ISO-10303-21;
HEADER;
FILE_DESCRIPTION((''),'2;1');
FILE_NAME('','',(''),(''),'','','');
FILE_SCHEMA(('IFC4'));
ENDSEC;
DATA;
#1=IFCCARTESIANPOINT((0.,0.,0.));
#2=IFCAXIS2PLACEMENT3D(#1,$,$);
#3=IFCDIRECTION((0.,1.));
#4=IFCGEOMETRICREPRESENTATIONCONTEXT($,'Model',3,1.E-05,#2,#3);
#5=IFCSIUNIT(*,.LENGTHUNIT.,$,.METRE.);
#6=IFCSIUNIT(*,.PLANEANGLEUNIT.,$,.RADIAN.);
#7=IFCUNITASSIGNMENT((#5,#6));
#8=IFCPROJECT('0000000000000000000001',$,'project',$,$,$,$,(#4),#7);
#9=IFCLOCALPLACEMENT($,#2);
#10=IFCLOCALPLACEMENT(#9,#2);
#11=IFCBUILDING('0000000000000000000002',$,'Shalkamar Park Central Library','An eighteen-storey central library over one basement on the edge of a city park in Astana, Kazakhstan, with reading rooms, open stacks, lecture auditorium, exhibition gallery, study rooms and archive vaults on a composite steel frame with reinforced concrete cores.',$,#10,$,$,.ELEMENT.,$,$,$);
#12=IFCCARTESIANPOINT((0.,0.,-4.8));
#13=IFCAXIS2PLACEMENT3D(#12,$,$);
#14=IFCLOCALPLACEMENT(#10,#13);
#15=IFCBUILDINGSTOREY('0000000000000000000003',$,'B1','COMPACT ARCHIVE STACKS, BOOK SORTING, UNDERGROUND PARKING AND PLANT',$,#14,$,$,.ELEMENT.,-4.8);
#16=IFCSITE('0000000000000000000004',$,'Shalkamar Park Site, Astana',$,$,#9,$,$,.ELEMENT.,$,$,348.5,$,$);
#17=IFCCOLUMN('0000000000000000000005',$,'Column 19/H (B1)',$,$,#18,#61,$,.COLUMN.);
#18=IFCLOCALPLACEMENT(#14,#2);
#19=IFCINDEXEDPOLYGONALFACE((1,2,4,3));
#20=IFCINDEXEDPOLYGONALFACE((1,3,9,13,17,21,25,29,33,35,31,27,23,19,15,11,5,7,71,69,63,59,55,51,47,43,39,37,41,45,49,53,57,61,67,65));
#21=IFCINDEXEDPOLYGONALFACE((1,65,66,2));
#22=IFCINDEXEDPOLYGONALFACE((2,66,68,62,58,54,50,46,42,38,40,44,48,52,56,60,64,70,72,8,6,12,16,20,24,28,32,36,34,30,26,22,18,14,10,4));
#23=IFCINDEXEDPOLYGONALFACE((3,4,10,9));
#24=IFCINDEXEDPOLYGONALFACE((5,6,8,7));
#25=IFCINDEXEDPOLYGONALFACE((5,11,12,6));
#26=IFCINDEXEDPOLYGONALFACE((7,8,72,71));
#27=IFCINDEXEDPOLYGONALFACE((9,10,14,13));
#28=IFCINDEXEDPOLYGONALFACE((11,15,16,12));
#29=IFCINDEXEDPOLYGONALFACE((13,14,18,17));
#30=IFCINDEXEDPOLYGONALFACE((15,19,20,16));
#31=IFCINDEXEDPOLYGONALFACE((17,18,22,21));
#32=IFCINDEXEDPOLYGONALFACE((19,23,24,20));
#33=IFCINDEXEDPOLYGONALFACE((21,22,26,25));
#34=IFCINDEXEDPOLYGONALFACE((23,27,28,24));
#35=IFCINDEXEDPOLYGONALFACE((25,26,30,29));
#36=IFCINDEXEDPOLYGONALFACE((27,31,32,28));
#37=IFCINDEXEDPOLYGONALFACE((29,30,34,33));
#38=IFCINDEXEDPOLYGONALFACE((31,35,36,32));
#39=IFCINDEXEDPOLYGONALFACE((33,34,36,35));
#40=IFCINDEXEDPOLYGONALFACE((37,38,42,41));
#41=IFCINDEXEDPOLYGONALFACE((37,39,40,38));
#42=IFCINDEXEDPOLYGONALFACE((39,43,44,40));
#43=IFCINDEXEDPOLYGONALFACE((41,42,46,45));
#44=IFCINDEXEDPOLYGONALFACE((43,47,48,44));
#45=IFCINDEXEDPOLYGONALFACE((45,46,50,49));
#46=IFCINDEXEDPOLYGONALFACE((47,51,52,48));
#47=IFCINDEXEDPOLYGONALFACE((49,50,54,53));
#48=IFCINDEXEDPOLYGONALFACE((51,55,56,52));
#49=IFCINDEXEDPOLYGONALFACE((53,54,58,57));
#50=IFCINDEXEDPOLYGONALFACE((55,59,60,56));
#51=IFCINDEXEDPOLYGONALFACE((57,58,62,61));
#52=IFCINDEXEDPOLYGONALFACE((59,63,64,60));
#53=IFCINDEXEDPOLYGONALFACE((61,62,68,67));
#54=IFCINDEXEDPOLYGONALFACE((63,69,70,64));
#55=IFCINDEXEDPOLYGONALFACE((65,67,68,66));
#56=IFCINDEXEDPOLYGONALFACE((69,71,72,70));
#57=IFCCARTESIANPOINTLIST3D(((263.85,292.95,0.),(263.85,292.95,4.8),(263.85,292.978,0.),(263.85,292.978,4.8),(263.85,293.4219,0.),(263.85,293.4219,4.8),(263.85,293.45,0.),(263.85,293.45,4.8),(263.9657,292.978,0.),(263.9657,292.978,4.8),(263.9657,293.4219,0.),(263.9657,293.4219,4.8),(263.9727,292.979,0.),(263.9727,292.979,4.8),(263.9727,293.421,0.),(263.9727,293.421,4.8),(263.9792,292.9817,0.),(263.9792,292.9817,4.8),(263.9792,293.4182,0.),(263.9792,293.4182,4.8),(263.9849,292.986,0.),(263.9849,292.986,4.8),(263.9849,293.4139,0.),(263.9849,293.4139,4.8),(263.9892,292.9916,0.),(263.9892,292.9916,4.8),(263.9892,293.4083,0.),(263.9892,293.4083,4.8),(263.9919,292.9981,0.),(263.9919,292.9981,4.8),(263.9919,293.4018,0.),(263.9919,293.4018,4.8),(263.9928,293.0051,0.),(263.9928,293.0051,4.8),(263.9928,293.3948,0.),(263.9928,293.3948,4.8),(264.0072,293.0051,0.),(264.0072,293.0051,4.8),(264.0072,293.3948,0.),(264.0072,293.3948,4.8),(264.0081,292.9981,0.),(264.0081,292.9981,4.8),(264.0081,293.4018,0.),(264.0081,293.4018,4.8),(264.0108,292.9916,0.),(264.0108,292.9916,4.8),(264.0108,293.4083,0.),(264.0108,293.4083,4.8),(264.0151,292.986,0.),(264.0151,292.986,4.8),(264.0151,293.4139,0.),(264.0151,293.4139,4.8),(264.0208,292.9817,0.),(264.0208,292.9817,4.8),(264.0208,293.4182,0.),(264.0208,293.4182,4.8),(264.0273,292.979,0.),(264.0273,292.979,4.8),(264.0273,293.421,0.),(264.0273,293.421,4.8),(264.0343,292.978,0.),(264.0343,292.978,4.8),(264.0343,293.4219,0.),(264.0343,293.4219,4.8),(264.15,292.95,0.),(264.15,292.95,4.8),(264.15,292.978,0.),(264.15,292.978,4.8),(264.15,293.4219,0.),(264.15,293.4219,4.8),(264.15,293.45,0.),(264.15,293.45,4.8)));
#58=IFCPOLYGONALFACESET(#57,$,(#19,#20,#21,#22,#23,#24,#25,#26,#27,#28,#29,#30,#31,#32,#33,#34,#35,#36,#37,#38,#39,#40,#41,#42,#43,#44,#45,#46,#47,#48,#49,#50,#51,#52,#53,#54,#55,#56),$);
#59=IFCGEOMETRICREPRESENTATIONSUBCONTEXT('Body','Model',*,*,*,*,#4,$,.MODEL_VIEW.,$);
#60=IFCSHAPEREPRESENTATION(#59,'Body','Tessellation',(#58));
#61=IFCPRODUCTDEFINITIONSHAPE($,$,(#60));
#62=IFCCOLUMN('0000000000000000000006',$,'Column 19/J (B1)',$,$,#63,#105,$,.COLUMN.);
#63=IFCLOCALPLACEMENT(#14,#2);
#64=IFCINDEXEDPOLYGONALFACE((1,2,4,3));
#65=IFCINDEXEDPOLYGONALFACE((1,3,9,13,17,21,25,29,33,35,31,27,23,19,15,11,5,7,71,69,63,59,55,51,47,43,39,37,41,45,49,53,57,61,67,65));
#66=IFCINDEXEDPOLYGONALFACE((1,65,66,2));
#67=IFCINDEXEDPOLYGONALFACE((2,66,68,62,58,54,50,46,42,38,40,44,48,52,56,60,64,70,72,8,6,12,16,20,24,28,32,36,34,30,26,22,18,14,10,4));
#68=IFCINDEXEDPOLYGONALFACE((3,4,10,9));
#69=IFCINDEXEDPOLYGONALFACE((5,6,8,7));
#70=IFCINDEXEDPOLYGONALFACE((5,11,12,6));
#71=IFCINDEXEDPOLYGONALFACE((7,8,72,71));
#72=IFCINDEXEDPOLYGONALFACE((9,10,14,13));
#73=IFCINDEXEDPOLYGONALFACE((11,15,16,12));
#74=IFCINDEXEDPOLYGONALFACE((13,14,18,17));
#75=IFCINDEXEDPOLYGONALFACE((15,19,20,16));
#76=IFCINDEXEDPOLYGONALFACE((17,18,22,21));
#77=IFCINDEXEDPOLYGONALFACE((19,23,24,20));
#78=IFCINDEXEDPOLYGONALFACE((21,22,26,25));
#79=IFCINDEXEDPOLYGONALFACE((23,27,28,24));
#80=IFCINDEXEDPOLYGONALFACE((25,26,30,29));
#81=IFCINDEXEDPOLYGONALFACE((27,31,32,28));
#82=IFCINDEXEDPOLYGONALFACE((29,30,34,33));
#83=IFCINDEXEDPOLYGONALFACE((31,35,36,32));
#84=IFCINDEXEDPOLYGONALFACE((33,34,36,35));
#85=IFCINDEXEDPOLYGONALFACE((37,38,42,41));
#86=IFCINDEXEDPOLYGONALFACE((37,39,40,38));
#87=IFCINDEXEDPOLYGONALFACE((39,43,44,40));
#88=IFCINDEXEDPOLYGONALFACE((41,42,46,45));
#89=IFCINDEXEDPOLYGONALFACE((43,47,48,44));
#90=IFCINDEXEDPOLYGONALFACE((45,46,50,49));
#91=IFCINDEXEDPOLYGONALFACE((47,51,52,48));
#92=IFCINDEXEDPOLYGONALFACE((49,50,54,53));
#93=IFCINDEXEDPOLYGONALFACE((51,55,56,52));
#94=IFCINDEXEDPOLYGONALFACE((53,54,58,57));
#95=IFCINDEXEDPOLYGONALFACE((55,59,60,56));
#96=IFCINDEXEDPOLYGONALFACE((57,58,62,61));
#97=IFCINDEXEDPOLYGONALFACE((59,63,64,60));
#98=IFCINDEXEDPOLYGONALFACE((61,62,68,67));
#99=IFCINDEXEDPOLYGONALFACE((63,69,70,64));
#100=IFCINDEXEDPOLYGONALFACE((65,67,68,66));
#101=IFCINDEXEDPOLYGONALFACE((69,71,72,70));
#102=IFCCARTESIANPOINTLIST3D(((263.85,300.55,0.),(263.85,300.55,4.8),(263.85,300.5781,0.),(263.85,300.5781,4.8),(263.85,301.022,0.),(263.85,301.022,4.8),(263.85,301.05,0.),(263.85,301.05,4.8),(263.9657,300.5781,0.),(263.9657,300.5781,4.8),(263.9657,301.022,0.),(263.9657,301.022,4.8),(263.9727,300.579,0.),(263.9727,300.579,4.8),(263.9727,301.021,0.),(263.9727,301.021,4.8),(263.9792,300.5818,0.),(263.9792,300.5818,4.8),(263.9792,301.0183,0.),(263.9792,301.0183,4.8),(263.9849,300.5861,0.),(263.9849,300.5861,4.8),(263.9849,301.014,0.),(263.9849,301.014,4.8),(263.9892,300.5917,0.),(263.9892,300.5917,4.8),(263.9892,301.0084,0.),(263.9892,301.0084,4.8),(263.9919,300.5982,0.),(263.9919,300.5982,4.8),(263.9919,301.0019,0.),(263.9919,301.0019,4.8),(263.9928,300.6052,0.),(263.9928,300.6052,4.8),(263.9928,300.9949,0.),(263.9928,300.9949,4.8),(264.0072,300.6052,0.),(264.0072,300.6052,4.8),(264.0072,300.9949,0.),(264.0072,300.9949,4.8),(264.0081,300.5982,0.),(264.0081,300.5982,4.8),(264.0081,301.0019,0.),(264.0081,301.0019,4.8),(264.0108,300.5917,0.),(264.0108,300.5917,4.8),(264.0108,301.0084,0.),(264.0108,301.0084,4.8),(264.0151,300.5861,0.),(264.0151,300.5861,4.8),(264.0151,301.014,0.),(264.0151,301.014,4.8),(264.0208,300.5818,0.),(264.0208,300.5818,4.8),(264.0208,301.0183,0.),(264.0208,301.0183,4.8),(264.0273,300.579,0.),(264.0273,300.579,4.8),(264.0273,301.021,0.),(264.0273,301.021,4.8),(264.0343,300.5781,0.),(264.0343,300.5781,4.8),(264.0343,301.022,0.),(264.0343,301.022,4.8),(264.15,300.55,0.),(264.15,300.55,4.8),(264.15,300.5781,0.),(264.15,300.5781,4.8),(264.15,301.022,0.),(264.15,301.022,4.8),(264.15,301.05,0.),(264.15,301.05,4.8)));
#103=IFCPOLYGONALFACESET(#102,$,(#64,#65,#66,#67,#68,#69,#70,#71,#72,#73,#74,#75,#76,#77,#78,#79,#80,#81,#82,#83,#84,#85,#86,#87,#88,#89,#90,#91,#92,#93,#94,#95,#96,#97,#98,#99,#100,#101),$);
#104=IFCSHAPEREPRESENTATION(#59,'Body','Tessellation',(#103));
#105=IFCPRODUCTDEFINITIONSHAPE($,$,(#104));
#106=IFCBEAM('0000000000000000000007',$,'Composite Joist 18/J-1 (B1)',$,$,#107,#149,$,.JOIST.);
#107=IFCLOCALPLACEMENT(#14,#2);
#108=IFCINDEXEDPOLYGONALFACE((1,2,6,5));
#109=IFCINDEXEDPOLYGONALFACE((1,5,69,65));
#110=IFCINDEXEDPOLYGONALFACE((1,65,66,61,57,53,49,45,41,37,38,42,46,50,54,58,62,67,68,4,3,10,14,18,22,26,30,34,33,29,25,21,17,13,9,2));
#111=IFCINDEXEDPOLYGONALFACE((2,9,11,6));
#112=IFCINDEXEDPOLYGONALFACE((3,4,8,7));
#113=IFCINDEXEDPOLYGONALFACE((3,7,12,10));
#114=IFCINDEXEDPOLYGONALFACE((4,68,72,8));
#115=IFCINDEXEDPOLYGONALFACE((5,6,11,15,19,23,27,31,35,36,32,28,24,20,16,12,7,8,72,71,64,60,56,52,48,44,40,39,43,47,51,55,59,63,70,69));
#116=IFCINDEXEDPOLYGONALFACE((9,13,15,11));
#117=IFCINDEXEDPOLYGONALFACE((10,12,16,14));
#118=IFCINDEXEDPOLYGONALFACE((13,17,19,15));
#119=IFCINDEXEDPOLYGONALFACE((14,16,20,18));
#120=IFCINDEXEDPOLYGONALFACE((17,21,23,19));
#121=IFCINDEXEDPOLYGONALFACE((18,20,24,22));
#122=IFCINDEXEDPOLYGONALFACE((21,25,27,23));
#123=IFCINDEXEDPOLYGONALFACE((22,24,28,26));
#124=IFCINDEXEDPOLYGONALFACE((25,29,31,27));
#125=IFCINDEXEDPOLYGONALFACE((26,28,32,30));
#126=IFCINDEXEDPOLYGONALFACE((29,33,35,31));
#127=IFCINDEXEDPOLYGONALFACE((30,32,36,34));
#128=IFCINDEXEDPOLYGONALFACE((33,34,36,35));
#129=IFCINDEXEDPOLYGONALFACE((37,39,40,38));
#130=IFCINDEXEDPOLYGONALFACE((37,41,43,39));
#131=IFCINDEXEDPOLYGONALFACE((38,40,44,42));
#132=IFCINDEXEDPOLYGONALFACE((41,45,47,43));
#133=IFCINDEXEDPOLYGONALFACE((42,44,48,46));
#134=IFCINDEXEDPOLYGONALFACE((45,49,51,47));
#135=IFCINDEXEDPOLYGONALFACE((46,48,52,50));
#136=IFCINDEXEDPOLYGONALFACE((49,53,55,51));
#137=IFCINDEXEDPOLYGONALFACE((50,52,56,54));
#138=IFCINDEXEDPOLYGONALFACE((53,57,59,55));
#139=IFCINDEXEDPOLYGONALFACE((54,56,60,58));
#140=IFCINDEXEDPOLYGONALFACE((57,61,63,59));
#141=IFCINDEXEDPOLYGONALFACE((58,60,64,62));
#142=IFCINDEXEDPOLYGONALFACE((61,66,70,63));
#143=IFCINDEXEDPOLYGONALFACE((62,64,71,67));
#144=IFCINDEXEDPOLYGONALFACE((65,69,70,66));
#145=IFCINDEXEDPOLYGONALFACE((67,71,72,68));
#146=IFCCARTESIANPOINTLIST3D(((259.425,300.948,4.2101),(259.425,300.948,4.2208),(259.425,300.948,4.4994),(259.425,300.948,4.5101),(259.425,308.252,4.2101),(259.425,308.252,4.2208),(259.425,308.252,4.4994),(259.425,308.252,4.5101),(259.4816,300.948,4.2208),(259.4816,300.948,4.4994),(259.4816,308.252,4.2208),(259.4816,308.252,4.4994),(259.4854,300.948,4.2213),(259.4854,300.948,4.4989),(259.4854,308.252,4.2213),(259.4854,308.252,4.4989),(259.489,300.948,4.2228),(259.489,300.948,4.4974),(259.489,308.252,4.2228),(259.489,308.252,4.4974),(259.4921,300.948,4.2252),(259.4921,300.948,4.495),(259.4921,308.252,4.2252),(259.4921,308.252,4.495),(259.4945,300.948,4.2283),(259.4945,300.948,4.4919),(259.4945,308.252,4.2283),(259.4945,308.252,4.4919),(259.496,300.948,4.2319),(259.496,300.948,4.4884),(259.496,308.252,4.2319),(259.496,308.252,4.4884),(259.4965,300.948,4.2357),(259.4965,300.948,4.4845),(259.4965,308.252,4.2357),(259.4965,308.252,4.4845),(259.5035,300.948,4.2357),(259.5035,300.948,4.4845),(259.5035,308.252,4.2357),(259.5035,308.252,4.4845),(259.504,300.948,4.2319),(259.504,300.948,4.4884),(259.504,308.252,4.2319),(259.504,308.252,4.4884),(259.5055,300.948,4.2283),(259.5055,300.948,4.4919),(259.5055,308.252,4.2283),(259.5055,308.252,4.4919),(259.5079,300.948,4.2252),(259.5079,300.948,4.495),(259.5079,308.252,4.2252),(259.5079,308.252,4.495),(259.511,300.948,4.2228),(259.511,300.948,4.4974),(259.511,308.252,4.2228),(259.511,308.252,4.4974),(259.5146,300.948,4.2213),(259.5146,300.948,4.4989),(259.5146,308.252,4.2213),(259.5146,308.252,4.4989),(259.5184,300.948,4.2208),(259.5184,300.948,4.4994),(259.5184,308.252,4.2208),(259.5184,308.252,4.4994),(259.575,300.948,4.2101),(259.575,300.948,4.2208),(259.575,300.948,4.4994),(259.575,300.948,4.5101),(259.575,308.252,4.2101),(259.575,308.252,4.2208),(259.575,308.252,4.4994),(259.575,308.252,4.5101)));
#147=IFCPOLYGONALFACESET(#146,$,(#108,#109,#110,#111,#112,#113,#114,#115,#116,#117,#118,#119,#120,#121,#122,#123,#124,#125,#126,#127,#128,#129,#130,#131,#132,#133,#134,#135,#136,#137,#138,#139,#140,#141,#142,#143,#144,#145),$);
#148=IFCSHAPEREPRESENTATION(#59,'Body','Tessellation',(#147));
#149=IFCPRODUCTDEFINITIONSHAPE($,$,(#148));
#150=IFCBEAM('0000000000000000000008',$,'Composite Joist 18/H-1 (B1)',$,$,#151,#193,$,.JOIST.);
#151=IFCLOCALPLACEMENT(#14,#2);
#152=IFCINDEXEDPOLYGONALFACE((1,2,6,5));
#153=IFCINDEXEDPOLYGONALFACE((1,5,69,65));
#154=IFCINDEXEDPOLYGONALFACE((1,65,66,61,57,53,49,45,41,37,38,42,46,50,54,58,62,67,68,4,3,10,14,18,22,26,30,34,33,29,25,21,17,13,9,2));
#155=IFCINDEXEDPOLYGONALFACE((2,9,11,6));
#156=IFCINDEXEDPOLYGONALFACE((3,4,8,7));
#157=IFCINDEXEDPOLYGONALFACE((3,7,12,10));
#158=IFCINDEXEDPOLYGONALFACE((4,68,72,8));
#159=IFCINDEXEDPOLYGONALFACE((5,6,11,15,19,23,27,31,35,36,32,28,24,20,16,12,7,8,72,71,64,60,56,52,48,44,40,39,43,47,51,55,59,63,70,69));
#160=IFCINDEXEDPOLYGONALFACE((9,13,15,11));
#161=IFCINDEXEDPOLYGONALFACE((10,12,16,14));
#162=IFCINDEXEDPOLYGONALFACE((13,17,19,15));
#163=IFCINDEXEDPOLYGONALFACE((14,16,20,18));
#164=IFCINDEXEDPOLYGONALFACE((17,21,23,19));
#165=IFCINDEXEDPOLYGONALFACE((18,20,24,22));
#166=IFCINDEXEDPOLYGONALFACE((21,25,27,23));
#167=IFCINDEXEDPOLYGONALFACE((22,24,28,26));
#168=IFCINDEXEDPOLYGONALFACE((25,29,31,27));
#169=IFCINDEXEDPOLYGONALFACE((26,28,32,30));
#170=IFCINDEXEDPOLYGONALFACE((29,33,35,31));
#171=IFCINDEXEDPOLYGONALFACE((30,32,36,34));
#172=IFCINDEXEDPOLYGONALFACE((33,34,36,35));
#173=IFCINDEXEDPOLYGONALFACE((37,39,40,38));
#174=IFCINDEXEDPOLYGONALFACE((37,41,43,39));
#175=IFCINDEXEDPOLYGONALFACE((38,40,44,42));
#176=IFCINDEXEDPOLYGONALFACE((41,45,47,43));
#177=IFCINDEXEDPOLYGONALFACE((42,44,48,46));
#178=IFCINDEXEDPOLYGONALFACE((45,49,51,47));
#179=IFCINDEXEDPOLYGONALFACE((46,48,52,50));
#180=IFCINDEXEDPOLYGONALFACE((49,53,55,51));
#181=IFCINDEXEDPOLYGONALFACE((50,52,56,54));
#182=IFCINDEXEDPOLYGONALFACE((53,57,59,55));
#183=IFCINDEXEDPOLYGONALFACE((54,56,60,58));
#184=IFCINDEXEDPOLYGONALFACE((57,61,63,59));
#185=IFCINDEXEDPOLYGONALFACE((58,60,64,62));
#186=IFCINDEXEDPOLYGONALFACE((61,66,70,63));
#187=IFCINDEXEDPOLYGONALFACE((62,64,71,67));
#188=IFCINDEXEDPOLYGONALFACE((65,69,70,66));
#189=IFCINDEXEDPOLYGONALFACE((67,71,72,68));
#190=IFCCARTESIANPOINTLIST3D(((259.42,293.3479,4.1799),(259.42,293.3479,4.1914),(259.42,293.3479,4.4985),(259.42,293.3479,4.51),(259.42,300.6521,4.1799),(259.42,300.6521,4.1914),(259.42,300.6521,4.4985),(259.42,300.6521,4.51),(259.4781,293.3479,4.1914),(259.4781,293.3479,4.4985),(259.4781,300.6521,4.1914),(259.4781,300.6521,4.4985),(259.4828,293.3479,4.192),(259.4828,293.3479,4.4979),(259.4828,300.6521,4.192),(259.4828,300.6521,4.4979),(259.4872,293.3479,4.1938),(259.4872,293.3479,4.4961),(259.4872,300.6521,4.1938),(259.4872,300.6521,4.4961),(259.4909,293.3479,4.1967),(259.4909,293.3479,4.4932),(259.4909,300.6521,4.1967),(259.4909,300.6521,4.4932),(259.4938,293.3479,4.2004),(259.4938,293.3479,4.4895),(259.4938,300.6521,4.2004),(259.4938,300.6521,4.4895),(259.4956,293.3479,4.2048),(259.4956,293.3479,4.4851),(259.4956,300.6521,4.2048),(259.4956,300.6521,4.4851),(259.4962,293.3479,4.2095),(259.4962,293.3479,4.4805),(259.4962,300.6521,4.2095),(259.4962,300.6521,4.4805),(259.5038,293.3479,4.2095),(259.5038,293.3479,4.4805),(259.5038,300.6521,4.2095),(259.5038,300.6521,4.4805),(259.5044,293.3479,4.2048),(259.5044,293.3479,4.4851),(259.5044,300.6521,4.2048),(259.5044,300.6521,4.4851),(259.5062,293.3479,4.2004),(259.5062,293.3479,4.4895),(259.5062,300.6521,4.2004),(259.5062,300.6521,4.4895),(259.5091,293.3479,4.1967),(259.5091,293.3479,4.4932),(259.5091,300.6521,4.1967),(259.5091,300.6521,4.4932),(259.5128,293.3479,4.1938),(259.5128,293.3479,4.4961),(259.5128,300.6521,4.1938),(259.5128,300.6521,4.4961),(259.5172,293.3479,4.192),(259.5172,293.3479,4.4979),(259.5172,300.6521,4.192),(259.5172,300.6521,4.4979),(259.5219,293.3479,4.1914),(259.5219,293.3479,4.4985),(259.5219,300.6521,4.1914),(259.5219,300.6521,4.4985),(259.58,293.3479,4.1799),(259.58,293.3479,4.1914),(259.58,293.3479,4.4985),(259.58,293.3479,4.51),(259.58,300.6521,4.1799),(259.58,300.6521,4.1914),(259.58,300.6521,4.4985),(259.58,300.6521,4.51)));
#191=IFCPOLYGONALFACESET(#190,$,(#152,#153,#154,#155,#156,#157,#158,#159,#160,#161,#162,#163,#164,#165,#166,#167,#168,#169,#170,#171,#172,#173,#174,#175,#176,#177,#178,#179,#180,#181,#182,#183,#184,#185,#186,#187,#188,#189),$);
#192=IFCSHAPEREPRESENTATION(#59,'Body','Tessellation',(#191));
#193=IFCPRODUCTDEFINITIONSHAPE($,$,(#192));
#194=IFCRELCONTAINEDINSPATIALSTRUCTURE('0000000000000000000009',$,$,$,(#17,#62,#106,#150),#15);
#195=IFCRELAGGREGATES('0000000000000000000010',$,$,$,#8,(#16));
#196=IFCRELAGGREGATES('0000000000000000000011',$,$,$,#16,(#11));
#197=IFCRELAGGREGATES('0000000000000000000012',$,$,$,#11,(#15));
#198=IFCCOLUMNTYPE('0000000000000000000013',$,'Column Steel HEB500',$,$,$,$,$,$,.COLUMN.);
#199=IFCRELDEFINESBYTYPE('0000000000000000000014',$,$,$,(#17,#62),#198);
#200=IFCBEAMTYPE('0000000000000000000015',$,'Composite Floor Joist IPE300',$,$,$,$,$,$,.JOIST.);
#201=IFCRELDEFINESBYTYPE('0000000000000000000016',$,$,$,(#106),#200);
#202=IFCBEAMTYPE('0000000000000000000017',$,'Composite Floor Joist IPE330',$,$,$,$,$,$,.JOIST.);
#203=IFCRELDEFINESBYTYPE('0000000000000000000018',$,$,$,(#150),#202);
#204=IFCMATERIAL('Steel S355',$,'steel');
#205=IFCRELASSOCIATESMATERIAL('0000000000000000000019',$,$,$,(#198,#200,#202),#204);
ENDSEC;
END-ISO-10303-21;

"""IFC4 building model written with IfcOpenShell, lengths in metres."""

from ifc_helpers import new_model, si_unit, direction, frame, origin, origin_2d, place, context, subcontext, project, spatial, i_section, extrude, material, material_profile, profile_set, type_object, element, save


model = new_model("IFC4")

# Units and contexts
model_context = context("Model", 3, precision=1e-05, world=origin(), true_north=direction((0.0, 1.0)))
body_context = subcontext(model_context, "Body", "Model", "MODEL_VIEW")
ifc_project = project(units=[si_unit("LENGTHUNIT", "METRE"), si_unit("PLANEANGLEUNIT", "RADIAN")], contexts=[model_context])

# Site, building, storey
site_placement = place(None, origin())
site = spatial("IfcSite", under=ifc_project, at=site_placement, Name="Shalkamar Park Site, Astana", CompositionType="ELEMENT", RefElevation=348.5)
building_placement = place(site_placement, origin())
building = spatial("IfcBuilding", under=site, at=building_placement, Name="Shalkamar Park Central Library", Description="An eighteen-storey central library over one basement on the edge of a city park in Astana, Kazakhstan, with reading rooms, open stacks, lecture auditorium, exhibition gallery, study rooms and archive vaults on a composite steel frame with reinforced concrete cores.", CompositionType="ELEMENT")
storey_placement = place(building_placement, frame((0.0, 0.0, -4.8)))
storey = spatial("IfcBuildingStorey", under=building, at=storey_placement, Name="B1", Description="COMPACT ARCHIVE STACKS, BOOK SORTING, UNDERGROUND PARKING AND PLANT", CompositionType="ELEMENT", Elevation=-4.8)

# Columns
ifc_material_1 = material(Name="Steel S355", Category="steel")
ifc_material_profile_1 = material_profile(ifc_material_1, i_section(OverallWidth=0.3, OverallDepth=0.5, WebThickness=0.0144, FlangeThickness=0.0281, FilletRadius=0.0271, at=origin_2d()), Name="HEB 500")
ifc_profile_set_1 = profile_set([ifc_material_profile_1], Name="Steel S355")
column_type = type_object("IfcColumnType", Name="Column Steel HEB500", PredefinedType="COLUMN", material=ifc_profile_set_1)
for number, where, z_axis, x_axis, name in (
    (1, (264.0, 293.2, 0.0), (0.0, 0.0, 1.0), (1.0, 0.0, 0.0), "Column 19/H (B1)"),
    (2, (264.0, 300.8, 0.0), (0.0, 0.0, 1.0), (1.0, 0.0, 0.0), "Column 19/J (B1)"),
):
    element("IfcColumn", number, at=place(storey_placement, frame(where, z_axis=z_axis, x_axis=x_axis)), inside=storey, type_object=column_type, Name=name, PredefinedType="COLUMN", context=body_context, shape_type="SweptSolid", body=[
        extrude(i_section(OverallWidth=0.3, OverallDepth=0.5, WebThickness=0.0144, FlangeThickness=0.0281, FilletRadius=0.0271, at=origin_2d()), origin(), (0.0, 0.0, 1.0), 4.8),
    ])

# Beams
ifc_material_profile_2 = material_profile(ifc_material_1, i_section(OverallWidth=0.1499, OverallDepth=0.3, WebThickness=0.0071, FlangeThickness=0.0107, FilletRadius=0.0149, at=origin_2d()), Name="IPE 300")
ifc_profile_set_2 = profile_set([ifc_material_profile_2], Name="Steel S355")
beam_type_1 = type_object("IfcBeamType", Name="Composite Floor Joist IPE300", PredefinedType="JOIST", material=ifc_profile_set_2)
beam_1_placement = place(storey_placement, frame((259.5, 300.948, 4.3601), z_axis=(0.0, 1.0, 0.0), x_axis=(-1.0, 0.0, 0.0)))
element("IfcBeam", 3, at=beam_1_placement, inside=storey, type_object=beam_type_1, Name="Composite Joist 18/J-1 (B1)", PredefinedType="JOIST", context=body_context, shape_type="SweptSolid", body=[
    extrude(i_section(OverallWidth=0.1499, OverallDepth=0.3, WebThickness=0.0071, FlangeThickness=0.0107, FilletRadius=0.0149, at=origin_2d()), origin(), (0.0, 0.0, 1.0), 7.304),
])
ifc_material_profile_3 = material_profile(ifc_material_1, i_section(OverallWidth=0.1599, OverallDepth=0.3301, WebThickness=0.0076, FlangeThickness=0.0115, FilletRadius=0.0181, at=origin_2d()), Name="IPE 330")
ifc_profile_set_3 = profile_set([ifc_material_profile_3], Name="Steel S355")
beam_type_2 = type_object("IfcBeamType", Name="Composite Floor Joist IPE330", PredefinedType="JOIST", material=ifc_profile_set_3)
beam_2_placement = place(storey_placement, frame((259.5, 293.3479, 4.345), z_axis=(0.0, 1.0, 0.0), x_axis=(-1.0, 0.0, 0.0)))
element("IfcBeam", 4, at=beam_2_placement, inside=storey, type_object=beam_type_2, Name="Composite Joist 18/H-1 (B1)", PredefinedType="JOIST", context=body_context, shape_type="SweptSolid", body=[
    extrude(i_section(OverallWidth=0.1599, OverallDepth=0.3301, WebThickness=0.0076, FlangeThickness=0.0115, FilletRadius=0.0181, at=origin_2d()), origin(), (0.0, 0.0, 1.0), 7.3042),
])

save(model, "model.ifc")
